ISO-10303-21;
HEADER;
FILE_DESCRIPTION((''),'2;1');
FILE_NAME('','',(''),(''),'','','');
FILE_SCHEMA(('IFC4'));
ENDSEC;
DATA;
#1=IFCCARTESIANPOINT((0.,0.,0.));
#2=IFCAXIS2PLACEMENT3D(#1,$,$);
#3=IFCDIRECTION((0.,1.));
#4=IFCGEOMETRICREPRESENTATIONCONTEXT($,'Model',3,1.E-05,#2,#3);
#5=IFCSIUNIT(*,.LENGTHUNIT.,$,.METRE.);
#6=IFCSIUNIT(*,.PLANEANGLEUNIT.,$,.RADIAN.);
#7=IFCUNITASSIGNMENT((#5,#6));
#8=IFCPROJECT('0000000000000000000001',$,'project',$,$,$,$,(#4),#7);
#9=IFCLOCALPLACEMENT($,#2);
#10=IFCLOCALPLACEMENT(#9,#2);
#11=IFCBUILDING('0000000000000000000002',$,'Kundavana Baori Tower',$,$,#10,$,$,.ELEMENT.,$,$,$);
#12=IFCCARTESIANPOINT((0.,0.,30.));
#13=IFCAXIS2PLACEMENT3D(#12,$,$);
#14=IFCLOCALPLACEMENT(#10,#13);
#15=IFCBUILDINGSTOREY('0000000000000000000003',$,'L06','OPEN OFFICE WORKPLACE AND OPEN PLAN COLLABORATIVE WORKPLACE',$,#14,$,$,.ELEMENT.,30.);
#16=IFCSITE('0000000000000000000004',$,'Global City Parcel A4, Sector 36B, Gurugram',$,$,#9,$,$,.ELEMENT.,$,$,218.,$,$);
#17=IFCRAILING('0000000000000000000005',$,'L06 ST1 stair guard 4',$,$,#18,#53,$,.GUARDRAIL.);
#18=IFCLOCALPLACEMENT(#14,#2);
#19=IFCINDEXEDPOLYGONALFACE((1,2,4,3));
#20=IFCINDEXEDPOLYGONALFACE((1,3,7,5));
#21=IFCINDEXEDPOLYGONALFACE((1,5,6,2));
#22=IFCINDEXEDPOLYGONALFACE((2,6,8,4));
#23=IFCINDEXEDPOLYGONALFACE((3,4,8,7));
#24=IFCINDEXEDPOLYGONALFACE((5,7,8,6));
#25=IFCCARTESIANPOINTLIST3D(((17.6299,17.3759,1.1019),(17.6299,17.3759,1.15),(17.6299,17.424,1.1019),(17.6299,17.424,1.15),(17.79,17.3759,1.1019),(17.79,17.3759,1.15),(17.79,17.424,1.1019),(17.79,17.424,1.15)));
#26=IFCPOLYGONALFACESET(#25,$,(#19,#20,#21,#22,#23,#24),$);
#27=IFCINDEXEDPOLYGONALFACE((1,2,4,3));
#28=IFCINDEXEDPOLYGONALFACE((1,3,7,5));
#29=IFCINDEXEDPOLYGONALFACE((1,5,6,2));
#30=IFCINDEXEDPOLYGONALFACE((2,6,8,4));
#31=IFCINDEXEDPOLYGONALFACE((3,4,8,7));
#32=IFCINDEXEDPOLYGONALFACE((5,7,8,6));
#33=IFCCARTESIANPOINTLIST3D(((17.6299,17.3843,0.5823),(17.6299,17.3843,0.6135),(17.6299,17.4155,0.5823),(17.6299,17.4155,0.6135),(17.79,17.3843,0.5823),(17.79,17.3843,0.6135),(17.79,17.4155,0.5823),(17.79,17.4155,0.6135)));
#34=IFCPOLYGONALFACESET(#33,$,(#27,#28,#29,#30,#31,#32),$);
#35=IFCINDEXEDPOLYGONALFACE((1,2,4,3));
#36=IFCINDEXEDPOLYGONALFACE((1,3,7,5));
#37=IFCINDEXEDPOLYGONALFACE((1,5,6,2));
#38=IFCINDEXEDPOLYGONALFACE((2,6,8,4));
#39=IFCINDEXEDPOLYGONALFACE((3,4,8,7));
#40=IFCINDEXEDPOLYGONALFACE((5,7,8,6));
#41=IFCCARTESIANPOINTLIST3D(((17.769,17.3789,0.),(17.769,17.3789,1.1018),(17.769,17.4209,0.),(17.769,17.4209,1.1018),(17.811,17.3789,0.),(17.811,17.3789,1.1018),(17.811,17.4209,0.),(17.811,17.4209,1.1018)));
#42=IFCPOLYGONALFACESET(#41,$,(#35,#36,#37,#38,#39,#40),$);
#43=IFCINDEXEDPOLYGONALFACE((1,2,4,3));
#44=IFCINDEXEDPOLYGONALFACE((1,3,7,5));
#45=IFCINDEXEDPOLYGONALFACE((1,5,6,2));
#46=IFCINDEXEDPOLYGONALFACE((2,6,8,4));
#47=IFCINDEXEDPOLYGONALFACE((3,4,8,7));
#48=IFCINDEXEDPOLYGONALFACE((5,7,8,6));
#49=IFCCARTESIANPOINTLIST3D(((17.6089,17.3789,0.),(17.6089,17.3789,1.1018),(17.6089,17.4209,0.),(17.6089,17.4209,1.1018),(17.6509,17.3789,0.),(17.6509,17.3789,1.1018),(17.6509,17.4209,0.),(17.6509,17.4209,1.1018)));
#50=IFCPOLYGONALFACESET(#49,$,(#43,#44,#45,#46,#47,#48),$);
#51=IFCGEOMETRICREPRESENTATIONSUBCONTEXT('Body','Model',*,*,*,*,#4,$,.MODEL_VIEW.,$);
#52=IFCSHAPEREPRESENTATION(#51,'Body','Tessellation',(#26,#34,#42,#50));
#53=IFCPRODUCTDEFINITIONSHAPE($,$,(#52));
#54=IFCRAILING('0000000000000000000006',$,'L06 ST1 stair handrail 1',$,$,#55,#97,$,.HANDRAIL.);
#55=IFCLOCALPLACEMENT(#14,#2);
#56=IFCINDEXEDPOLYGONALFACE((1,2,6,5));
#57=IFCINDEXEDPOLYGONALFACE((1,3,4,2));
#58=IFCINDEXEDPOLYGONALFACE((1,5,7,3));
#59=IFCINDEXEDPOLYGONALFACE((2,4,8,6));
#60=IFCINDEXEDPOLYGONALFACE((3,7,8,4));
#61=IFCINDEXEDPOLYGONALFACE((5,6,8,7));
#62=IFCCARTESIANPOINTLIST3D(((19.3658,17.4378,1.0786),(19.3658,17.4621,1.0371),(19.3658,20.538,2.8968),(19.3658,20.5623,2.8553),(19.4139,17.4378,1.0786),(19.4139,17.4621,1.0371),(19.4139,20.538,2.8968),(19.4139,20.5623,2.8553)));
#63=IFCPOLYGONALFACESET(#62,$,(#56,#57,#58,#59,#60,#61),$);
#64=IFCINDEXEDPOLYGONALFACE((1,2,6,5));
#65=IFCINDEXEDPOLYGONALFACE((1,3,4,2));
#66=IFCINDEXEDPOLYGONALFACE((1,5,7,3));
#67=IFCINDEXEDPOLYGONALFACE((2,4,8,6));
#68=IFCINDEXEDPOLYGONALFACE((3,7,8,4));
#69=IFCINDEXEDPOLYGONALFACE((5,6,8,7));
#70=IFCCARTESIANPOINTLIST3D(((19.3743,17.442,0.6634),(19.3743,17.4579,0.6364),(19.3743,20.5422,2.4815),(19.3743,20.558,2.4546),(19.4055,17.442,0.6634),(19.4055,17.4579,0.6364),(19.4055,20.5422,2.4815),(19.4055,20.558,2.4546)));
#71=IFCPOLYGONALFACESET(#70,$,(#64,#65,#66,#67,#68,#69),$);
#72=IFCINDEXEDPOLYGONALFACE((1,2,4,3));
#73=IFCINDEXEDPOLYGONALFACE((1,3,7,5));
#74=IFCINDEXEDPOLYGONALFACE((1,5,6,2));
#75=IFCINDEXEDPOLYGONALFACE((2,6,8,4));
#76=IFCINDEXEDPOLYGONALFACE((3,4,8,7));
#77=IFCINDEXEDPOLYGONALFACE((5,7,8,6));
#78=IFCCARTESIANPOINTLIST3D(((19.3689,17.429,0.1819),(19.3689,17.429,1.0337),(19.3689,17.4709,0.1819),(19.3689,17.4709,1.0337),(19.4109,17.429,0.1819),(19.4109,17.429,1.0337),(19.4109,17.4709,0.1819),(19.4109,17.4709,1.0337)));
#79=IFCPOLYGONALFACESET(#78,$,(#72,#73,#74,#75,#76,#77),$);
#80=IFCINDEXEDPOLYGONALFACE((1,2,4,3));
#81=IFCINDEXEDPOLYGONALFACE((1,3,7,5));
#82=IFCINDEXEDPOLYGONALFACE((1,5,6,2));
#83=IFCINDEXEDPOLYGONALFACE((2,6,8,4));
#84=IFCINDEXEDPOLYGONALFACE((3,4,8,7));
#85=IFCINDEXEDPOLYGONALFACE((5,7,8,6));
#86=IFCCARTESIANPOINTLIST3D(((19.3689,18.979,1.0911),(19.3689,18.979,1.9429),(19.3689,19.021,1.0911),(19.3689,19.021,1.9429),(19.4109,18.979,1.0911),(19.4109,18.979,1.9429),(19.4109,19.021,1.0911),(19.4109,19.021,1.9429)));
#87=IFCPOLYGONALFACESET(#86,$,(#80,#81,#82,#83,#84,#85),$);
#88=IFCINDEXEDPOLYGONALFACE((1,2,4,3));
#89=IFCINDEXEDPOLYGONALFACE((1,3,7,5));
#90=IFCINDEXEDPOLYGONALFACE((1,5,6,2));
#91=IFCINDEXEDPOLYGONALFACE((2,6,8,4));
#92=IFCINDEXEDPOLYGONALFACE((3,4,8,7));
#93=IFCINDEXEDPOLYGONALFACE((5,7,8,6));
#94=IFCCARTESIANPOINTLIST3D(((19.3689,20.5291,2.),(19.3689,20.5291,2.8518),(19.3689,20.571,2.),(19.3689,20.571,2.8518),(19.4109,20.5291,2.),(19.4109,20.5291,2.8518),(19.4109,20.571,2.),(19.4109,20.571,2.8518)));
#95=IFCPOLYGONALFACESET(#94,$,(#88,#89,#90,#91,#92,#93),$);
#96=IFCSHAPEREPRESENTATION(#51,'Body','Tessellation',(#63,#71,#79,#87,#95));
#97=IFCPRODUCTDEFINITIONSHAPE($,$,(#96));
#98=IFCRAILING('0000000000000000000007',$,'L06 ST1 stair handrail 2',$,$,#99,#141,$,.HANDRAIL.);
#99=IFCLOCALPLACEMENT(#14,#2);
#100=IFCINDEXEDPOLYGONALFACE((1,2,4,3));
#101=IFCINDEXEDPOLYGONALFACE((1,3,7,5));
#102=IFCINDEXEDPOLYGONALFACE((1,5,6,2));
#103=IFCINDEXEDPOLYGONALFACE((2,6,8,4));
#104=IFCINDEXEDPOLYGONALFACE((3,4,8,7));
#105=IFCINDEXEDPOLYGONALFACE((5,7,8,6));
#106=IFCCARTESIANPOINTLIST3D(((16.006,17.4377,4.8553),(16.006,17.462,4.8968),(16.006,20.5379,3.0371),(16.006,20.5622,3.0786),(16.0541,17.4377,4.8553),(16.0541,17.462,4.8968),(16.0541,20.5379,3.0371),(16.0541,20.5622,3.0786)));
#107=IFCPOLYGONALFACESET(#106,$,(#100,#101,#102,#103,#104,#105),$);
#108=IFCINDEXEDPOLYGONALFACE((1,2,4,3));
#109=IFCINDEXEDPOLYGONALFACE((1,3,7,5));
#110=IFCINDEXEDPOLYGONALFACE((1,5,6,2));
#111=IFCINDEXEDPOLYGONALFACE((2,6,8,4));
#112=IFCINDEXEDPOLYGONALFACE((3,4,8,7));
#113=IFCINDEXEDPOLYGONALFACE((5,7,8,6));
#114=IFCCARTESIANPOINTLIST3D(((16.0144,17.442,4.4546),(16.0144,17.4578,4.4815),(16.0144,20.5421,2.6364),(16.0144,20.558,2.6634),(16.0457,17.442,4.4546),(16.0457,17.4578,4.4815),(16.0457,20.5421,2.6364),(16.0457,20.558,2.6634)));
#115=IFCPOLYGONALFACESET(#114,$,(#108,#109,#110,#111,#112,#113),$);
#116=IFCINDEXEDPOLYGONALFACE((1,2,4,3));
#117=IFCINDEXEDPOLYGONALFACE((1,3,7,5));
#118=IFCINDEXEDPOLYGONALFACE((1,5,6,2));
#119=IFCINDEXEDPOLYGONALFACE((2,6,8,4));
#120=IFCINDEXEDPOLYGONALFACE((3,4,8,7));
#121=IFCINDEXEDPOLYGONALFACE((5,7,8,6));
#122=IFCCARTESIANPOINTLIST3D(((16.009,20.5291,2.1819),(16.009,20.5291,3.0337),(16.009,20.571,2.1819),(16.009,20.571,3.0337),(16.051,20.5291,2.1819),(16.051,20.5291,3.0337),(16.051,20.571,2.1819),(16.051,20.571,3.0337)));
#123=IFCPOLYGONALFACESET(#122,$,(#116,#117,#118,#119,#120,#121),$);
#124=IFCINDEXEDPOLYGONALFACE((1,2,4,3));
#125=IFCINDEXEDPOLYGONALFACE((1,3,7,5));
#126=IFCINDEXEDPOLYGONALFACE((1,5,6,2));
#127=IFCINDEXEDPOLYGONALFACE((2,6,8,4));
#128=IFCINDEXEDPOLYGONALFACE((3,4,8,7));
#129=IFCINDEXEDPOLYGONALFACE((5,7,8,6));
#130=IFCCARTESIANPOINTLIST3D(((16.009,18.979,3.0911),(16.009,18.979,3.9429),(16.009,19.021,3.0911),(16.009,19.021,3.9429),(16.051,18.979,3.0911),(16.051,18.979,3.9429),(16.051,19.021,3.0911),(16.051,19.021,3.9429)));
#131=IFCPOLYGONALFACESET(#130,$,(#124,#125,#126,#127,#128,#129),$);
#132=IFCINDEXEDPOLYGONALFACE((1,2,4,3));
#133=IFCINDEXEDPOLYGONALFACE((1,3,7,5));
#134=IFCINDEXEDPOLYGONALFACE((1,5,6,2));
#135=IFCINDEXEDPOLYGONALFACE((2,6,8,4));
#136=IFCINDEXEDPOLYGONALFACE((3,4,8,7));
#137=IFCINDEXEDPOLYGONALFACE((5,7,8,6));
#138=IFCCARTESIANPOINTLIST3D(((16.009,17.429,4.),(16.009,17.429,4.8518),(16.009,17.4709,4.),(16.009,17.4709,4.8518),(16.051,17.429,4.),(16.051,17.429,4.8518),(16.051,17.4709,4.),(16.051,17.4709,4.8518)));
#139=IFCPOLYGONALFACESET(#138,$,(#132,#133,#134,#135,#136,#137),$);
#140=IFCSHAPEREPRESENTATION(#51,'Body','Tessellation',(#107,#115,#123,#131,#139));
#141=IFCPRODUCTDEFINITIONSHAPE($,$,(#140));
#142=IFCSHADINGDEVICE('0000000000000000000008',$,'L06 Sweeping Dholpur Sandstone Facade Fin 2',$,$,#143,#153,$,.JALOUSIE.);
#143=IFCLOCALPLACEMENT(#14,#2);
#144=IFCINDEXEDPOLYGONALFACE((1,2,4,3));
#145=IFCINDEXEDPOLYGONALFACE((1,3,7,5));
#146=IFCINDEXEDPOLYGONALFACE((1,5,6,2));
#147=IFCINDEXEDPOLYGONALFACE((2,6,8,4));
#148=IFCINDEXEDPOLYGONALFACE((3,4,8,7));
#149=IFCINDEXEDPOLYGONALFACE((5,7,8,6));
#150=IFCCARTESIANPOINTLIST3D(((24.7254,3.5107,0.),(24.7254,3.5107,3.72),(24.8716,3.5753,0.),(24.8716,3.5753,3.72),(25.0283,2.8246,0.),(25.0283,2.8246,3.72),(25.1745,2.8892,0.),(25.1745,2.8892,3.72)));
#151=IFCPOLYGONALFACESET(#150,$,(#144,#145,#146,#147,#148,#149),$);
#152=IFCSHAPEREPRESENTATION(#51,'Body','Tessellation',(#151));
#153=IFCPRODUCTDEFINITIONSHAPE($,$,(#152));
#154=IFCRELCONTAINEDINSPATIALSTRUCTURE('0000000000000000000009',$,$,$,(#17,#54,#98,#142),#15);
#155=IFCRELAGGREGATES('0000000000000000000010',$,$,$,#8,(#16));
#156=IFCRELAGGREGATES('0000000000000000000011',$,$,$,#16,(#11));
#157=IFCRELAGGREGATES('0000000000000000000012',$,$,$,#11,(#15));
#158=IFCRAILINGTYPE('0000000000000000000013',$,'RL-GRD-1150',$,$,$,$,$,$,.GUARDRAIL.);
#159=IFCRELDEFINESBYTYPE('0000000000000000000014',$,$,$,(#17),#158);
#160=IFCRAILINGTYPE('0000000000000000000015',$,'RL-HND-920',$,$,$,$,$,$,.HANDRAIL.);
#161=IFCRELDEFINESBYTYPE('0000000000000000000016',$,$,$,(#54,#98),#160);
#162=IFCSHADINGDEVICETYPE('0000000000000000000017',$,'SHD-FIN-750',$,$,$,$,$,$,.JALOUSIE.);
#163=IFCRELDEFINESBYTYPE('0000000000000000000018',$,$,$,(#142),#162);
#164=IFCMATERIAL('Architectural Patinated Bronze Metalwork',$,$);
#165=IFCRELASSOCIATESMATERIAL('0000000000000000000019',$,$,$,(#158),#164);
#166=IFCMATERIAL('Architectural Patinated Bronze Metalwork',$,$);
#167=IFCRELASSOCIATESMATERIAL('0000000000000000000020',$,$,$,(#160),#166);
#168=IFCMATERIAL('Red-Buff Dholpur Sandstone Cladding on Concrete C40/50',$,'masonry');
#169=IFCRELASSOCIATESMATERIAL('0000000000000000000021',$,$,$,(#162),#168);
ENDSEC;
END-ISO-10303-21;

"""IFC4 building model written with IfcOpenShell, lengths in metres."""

from ifc_helpers import new_model, si_unit, direction, frame, origin, origin_2d, place, context, subcontext, project, spatial, rectangle, extrude, material, type_object, element, save


model = new_model("IFC4")

# Units and contexts
model_context = context("Model", 3, precision=1e-05, world=origin(), true_north=direction((0.0, 1.0)))
body_context = subcontext(model_context, "Body", "Model", "MODEL_VIEW")
ifc_project = project(units=[si_unit("LENGTHUNIT", "METRE"), si_unit("PLANEANGLEUNIT", "RADIAN")], contexts=[model_context])

# Site, building, storey
site_placement = place(None, origin())
site = spatial("IfcSite", under=ifc_project, at=site_placement, Name="Global City Parcel A4, Sector 36B, Gurugram", CompositionType="ELEMENT", RefElevation=218.0)
building_placement = place(site_placement, origin())
building = spatial("IfcBuilding", under=site, at=building_placement, Name="Kundavana Baori Tower", CompositionType="ELEMENT")
storey_placement = place(building_placement, frame((0.0, 0.0, 30.0)))
storey = spatial("IfcBuildingStorey", under=building, at=storey_placement, Name="L06", Description="OPEN OFFICE WORKPLACE AND OPEN PLAN COLLABORATIVE WORKPLACE", CompositionType="ELEMENT", Elevation=30.0)

# Railings
ifc_material_1 = material(Name="Architectural Patinated Bronze Metalwork")
railing_type_1 = type_object("IfcRailingType", Name="RL-GRD-1150", PredefinedType="GUARDRAIL", material=ifc_material_1)
railing_1_placement = place(storey_placement, frame((17.79, 17.3999, 0.0)))
element("IfcRailing", 1, at=railing_1_placement, inside=storey, type_object=railing_type_1, Name="L06 ST1 stair guard 4", PredefinedType="GUARDRAIL", context=body_context, shape_type="SweptSolid", body=[
    extrude(rectangle(XDim=0.0481, YDim=0.0481, at=origin_2d()), frame((0.0, 0.0, 1.126), z_axis=(-1.0, 0.0, 0.0), x_axis=(0.0, -1.0, 0.0)), (0.0, 0.0, 1.0), 0.1602),
    extrude(rectangle(XDim=0.0312, YDim=0.0312, at=origin_2d()), frame((0.0, 0.0, 0.5979), z_axis=(-1.0, 0.0, 0.0), x_axis=(0.0, -1.0, 0.0)), (0.0, 0.0, 1.0), 0.1602),
    extrude(rectangle(XDim=0.042, YDim=0.042, at=origin_2d()), origin(), (0.0, 0.0, 1.0), 1.1018),
    extrude(rectangle(XDim=0.042, YDim=0.042, at=origin_2d()), frame((-0.1602, 0.0, 0.0)), (0.0, 0.0, 1.0), 1.1018),
])
ifc_material_2 = material(Name="Architectural Patinated Bronze Metalwork")
railing_type_2 = type_object("IfcRailingType", Name="RL-HND-920", PredefinedType="HANDRAIL", material=ifc_material_2)
railing_2_placement = place(storey_placement, frame((19.3899, 17.45, 0.1819)))
element("IfcRailing", 2, at=railing_2_placement, inside=storey, type_object=railing_type_2, Name="L06 ST1 stair handrail 1", PredefinedType="HANDRAIL", context=body_context, shape_type="SweptSolid", body=[
    extrude(rectangle(XDim=0.0481, YDim=0.0481, at=origin_2d()), frame((0.0, 0.0, 0.876), z_axis=(0.0, 0.862599, 0.505889), x_axis=(-1.0, 0.0, 0.0)), (0.0, 0.0, 1.0), 3.594),
    extrude(rectangle(XDim=0.0312, YDim=0.0312, at=origin_2d()), frame((0.0, 0.0, 0.468), z_axis=(0.0, 0.862599, 0.505889), x_axis=(-1.0, 0.0, 0.0)), (0.0, 0.0, 1.0), 3.594),
    extrude(rectangle(XDim=0.042, YDim=0.042, at=origin_2d()), origin(), (0.0, 0.0, 1.0), 0.8518),
    extrude(rectangle(XDim=0.042, YDim=0.042, at=origin_2d()), frame((0.0, 1.55, 0.9092)), (0.0, 0.0, 1.0), 0.8518),
    extrude(rectangle(XDim=0.042, YDim=0.042, at=origin_2d()), frame((0.0, 3.1001, 1.8181)), (0.0, 0.0, 1.0), 0.8518),
])
railing_3_placement = place(storey_placement, frame((16.03, 20.55, 2.1819)))
element("IfcRailing", 3, at=railing_3_placement, inside=storey, type_object=railing_type_2, Name="L06 ST1 stair handrail 2", PredefinedType="HANDRAIL", context=body_context, shape_type="SweptSolid", body=[
    extrude(rectangle(XDim=0.0481, YDim=0.0481, at=origin_2d()), frame((0.0, 0.0, 0.876), z_axis=(0.0, -0.862599, 0.505889), x_axis=(1.0, 0.0, 0.0)), (0.0, 0.0, 1.0), 3.594),
    extrude(rectangle(XDim=0.0312, YDim=0.0312, at=origin_2d()), frame((0.0, 0.0, 0.468), z_axis=(0.0, -0.862599, 0.505889), x_axis=(1.0, 0.0, 0.0)), (0.0, 0.0, 1.0), 3.594),
    extrude(rectangle(XDim=0.042, YDim=0.042, at=origin_2d()), origin(), (0.0, 0.0, 1.0), 0.8518),
    extrude(rectangle(XDim=0.042, YDim=0.042, at=origin_2d()), frame((0.0, -1.55, 0.9092)), (0.0, 0.0, 1.0), 0.8518),
    extrude(rectangle(XDim=0.042, YDim=0.042, at=origin_2d()), frame((0.0, -3.1001, 1.8181)), (0.0, 0.0, 1.0), 0.8518),
])

# Shading device
ifc_material_3 = material(Name="Red-Buff Dholpur Sandstone Cladding on Concrete C40/50", Category="masonry")
shading_device_type = type_object("IfcShadingDeviceType", Name="SHD-FIN-750", PredefinedType="JALOUSIE", material=ifc_material_3)
shading_device_placement = place(storey_placement, frame((24.95, 3.2, 0.0), z_axis=(0.0, 0.0, 1.0), x_axis=(0.914819, 0.403865, 0.0)))
element("IfcShadingDevice", 4, at=shading_device_placement, inside=storey, type_object=shading_device_type, Name="L06 Sweeping Dholpur Sandstone Facade Fin 2", PredefinedType="JALOUSIE", context=body_context, shape_type="SweptSolid", body=[
    extrude(rectangle(XDim=0.1599, YDim=0.75, at=origin_2d()), origin(), (0.0, 0.0, 1.0), 3.72),
])

save(model, "model.ifc")
